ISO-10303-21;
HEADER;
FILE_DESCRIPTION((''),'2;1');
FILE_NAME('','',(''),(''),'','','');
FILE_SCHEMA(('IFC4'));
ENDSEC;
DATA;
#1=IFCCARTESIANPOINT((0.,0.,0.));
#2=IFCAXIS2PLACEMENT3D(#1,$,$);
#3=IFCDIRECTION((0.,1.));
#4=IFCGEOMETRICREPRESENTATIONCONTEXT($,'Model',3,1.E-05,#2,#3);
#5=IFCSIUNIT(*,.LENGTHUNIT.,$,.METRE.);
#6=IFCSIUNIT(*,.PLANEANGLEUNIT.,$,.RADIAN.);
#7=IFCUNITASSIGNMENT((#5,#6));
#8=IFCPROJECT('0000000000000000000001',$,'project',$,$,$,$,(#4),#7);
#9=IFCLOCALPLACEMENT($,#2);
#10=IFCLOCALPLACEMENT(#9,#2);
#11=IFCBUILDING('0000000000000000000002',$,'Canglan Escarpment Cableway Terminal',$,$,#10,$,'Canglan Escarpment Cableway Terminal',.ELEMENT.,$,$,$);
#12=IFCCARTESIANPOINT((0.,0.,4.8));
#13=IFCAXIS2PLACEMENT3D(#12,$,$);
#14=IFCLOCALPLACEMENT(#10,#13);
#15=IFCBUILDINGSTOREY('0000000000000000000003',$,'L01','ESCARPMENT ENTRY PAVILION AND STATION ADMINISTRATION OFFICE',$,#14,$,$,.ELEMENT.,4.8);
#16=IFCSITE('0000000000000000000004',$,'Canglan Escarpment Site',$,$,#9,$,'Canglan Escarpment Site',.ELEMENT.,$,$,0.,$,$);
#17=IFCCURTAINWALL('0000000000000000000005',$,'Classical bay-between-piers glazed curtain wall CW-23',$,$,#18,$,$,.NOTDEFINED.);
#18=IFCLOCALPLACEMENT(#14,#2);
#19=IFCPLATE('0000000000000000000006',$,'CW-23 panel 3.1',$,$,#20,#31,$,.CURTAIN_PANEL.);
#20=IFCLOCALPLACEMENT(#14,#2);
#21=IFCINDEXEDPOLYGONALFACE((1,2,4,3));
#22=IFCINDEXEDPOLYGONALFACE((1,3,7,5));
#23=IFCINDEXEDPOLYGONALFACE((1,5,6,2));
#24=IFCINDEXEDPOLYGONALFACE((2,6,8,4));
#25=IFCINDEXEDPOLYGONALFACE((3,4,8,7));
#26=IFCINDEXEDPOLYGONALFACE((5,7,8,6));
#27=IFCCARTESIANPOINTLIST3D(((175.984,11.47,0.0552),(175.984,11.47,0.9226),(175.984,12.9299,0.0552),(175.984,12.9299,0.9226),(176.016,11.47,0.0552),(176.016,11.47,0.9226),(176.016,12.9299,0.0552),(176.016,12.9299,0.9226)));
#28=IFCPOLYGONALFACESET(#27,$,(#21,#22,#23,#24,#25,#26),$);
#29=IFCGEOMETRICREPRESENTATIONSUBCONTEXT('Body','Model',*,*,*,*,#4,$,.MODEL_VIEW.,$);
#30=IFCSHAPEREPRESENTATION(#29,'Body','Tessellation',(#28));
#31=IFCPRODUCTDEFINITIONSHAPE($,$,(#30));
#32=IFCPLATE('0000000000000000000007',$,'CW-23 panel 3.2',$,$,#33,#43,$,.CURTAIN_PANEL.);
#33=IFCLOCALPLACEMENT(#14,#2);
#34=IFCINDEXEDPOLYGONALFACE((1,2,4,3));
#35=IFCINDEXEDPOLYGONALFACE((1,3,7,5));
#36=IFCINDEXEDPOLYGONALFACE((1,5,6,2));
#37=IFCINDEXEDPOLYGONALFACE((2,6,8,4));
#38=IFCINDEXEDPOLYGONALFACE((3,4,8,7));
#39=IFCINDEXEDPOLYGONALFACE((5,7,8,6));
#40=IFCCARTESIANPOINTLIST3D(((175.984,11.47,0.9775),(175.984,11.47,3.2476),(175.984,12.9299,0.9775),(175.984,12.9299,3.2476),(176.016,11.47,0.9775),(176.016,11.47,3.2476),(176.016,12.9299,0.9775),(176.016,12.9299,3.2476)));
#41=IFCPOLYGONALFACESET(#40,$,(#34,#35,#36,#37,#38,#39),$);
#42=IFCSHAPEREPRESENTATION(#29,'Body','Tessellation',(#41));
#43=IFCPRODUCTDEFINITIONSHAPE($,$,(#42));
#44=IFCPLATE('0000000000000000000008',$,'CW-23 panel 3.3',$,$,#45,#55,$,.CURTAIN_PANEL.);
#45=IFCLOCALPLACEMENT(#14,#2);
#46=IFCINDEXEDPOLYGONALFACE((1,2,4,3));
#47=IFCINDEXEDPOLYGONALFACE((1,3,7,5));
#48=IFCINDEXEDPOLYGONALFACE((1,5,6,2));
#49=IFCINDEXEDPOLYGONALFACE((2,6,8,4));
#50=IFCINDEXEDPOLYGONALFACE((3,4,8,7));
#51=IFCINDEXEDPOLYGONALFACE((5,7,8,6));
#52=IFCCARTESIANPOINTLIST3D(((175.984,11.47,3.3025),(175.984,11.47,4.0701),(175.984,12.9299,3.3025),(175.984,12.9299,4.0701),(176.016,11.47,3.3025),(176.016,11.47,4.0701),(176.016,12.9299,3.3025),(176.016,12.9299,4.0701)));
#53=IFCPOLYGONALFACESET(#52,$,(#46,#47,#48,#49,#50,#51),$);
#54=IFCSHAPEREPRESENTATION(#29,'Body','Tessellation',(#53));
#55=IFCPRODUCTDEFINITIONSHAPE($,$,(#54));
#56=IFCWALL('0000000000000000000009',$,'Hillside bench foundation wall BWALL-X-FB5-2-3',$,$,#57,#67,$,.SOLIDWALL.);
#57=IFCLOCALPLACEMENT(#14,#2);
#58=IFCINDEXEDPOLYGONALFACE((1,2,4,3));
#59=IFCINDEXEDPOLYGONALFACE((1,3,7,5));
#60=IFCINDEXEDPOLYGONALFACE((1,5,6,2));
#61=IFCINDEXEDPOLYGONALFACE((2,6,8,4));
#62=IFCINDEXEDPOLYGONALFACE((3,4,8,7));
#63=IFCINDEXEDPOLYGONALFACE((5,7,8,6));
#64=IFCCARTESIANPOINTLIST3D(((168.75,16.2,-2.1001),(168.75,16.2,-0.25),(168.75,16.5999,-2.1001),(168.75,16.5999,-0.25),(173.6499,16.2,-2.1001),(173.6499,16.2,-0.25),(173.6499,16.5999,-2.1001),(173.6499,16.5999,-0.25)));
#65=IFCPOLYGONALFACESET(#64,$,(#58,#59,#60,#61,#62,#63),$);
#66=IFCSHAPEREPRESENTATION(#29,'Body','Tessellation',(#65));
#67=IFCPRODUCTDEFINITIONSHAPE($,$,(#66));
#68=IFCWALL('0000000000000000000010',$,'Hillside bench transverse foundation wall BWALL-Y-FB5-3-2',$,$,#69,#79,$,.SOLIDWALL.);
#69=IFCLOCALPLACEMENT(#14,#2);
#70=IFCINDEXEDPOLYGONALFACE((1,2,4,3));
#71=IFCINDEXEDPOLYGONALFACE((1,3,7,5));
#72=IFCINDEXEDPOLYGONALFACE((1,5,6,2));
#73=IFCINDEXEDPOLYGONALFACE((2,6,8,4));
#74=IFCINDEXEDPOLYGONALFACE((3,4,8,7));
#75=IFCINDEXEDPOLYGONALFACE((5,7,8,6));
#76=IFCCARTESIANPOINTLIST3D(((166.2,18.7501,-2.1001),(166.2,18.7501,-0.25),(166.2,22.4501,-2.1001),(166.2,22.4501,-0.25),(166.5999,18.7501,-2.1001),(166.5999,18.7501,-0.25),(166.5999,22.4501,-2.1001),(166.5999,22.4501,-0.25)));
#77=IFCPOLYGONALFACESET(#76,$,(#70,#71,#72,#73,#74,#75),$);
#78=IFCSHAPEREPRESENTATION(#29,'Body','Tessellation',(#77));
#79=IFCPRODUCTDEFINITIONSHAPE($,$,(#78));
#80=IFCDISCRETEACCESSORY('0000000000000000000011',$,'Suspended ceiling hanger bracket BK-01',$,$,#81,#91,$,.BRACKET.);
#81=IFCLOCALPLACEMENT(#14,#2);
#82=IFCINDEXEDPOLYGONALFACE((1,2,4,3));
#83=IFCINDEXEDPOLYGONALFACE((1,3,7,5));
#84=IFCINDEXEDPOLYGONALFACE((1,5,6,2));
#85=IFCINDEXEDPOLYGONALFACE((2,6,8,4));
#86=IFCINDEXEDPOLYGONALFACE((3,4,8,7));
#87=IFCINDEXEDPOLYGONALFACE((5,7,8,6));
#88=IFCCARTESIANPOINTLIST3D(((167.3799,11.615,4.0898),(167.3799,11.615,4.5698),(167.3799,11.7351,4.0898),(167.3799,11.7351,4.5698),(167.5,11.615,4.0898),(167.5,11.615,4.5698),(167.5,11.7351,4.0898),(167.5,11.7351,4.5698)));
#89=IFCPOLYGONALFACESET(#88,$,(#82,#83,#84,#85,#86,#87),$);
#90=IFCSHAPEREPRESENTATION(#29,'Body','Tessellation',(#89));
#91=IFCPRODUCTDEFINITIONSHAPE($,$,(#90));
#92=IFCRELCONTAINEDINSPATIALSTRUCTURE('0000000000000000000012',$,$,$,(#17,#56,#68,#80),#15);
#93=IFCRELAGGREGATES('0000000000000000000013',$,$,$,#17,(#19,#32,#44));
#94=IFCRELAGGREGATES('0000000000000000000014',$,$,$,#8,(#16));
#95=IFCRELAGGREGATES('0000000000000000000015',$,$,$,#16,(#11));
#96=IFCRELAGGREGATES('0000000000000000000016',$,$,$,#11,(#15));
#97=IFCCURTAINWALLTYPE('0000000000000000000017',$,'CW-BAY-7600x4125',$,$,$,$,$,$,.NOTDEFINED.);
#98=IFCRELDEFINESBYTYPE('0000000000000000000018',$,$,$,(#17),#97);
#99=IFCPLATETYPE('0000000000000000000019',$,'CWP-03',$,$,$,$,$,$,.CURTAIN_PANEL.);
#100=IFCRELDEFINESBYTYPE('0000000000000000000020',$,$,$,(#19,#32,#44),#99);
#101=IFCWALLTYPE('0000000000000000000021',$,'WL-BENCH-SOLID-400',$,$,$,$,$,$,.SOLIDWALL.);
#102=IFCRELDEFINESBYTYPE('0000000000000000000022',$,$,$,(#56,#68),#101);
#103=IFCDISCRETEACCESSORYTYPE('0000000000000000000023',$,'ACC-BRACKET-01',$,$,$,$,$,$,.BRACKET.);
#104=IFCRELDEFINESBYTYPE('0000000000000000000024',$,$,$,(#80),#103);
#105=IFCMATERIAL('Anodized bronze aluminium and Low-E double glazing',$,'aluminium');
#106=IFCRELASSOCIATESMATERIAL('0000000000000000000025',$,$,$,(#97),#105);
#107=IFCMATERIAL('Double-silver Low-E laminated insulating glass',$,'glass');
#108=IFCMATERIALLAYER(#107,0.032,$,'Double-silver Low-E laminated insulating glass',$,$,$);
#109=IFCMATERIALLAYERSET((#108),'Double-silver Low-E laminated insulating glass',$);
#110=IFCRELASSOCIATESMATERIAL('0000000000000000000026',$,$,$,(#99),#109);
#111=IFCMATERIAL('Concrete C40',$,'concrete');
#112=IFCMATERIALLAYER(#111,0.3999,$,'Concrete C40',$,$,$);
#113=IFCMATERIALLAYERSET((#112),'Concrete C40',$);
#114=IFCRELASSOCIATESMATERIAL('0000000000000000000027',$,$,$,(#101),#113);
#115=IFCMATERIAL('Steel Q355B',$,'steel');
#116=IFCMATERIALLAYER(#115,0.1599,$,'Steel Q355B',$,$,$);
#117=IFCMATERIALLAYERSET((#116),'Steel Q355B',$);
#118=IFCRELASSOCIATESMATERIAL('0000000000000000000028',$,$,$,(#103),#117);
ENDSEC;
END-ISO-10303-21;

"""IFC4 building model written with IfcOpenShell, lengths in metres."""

from ifc_helpers import new_model, si_unit, direction, frame, frame_2d, origin, origin_2d, place, context, subcontext, project, spatial, rectangle, extrude, material, layer, layer_set, type_object, element, aggregate, save


model = new_model("IFC4")

# Units and contexts
model_context = context("Model", 3, precision=1e-05, world=origin(), true_north=direction((0.0, 1.0)))
body_context = subcontext(model_context, "Body", "Model", "MODEL_VIEW")
ifc_project = project(units=[si_unit("LENGTHUNIT", "METRE"), si_unit("PLANEANGLEUNIT", "RADIAN")], contexts=[model_context])

# Site, building, storey
site_placement = place(None, origin())
site = spatial("IfcSite", under=ifc_project, at=site_placement, Name="Canglan Escarpment Site", LongName="Canglan Escarpment Site", CompositionType="ELEMENT", RefElevation=0.0)
building_placement = place(site_placement, origin())
building = spatial("IfcBuilding", under=site, at=building_placement, Name="Canglan Escarpment Cableway Terminal", LongName="Canglan Escarpment Cableway Terminal", CompositionType="ELEMENT")
storey_placement = place(building_placement, frame((0.0, 0.0, 4.8)))
storey = spatial("IfcBuildingStorey", under=building, at=storey_placement, Name="L01", Description="ESCARPMENT ENTRY PAVILION AND STATION ADMINISTRATION OFFICE", CompositionType="ELEMENT", Elevation=4.8)

# Shared definitions
ifc_material_1 = material(Name="Concrete C40", Category="concrete")

# Shared definitions
ifc_material_2 = material(Name="Steel Q355B", Category="steel")

# Curtain wall
ifc_material_3 = material(Name="Anodized bronze aluminium and Low-E double glazing", Category="aluminium")
curtain_wall_type = type_object("IfcCurtainWallType", Name="CW-BAY-7600x4125", PredefinedType="NOTDEFINED", material=ifc_material_3)
curtain_wall_placement = place(storey_placement, origin())
curtain_wall = element("IfcCurtainWall", 1, at=curtain_wall_placement, inside=storey, type_object=curtain_wall_type, Name="Classical bay-between-piers glazed curtain wall CW-23", PredefinedType="NOTDEFINED")

# Plates
ifc_material_4 = material(Name="Double-silver Low-E laminated insulating glass", Category="glass")
ifc_layer_1 = layer(ifc_material_4, 0.032, Name="Double-silver Low-E laminated insulating glass")
ifc_layer_set_1 = layer_set([ifc_layer_1], Name="Double-silver Low-E laminated insulating glass")
plate_type = type_object("IfcPlateType", Name="CWP-03", PredefinedType="CURTAIN_PANEL", material=ifc_layer_set_1)
plate_1_placement = place(storey_placement, frame((176.0, 12.2, 0.0552), z_axis=(0.0, 0.0, 1.0), x_axis=(0.0, 1.0, 0.0)))
plate_1 = element("IfcPlate", 2, at=plate_1_placement, type_object=plate_type, Name="CW-23 panel 3.1", PredefinedType="CURTAIN_PANEL", context=body_context, shape_type="SweptSolid", body=[
    extrude(rectangle(XDim=1.46, YDim=0.032, at=origin_2d()), origin(), (0.0, 0.0, 1.0), 0.8674),
])
plate_2_placement = place(storey_placement, frame((176.0, 12.2, 0.9775), z_axis=(0.0, 0.0, 1.0), x_axis=(0.0, 1.0, 0.0)))
plate_2 = element("IfcPlate", 3, at=plate_2_placement, type_object=plate_type, Name="CW-23 panel 3.2", PredefinedType="CURTAIN_PANEL", context=body_context, shape_type="SweptSolid", body=[
    extrude(rectangle(XDim=1.46, YDim=0.032, at=origin_2d()), origin(), (0.0, 0.0, 1.0), 2.27),
])
plate_3_placement = place(storey_placement, frame((176.0, 12.2, 3.3025), z_axis=(0.0, 0.0, 1.0), x_axis=(0.0, 1.0, 0.0)))
plate_3 = element("IfcPlate", 4, at=plate_3_placement, type_object=plate_type, Name="CW-23 panel 3.3", PredefinedType="CURTAIN_PANEL", context=body_context, shape_type="SweptSolid", body=[
    extrude(rectangle(XDim=1.46, YDim=0.032, at=origin_2d()), origin(), (0.0, 0.0, 1.0), 0.7676),
])
aggregate(curtain_wall, [plate_1, plate_2, plate_3])

# Walls
ifc_layer_2 = layer(ifc_material_1, 0.3999, Name="Concrete C40")
ifc_layer_set_2 = layer_set([ifc_layer_2], Name="Concrete C40")
wall_type = type_object("IfcWallType", Name="WL-BENCH-SOLID-400", PredefinedType="SOLIDWALL", material=ifc_layer_set_2)
wall_1_placement = place(storey_placement, frame((168.75, 16.3999, -2.1001), z_axis=(0.0, 0.0, 1.0), x_axis=(1.0, 0.0, 0.0)))
element("IfcWall", 5, at=wall_1_placement, inside=storey, type_object=wall_type, Name="Hillside bench foundation wall BWALL-X-FB5-2-3", PredefinedType="SOLIDWALL", context=body_context, shape_type="SweptSolid", body=[
    extrude(rectangle(XDim=4.8999, YDim=0.3999, at=frame_2d((2.45, 0.0))), origin(), (0.0, 0.0, 1.0), 1.8501),
])
wall_2_placement = place(storey_placement, frame((166.3999, 18.75, -2.1001), z_axis=(0.0, 0.0, 1.0), x_axis=(0.0, 1.0, 0.0)))
element("IfcWall", 6, at=wall_2_placement, inside=storey, type_object=wall_type, Name="Hillside bench transverse foundation wall BWALL-Y-FB5-3-2", PredefinedType="SOLIDWALL", context=body_context, shape_type="SweptSolid", body=[
    extrude(rectangle(XDim=3.7, YDim=0.3999, at=frame_2d((1.8501, 0.0))), origin(), (0.0, 0.0, 1.0), 1.8501),
])

# Discrete accessory
ifc_layer_3 = layer(ifc_material_2, 0.1599, Name="Steel Q355B")
ifc_layer_set_3 = layer_set([ifc_layer_3], Name="Steel Q355B")
discrete_accessory_type = type_object("IfcDiscreteAccessoryType", Name="ACC-BRACKET-01", PredefinedType="BRACKET", material=ifc_layer_set_3)
discrete_accessory_placement = place(storey_placement, frame((167.4399, 11.675, 4.0898), z_axis=(0.0, 0.0, 1.0), x_axis=(1.0, 0.0, 0.0)))
element("IfcDiscreteAccessory", 7, at=discrete_accessory_placement, inside=storey, type_object=discrete_accessory_type, Name="Suspended ceiling hanger bracket BK-01", PredefinedType="BRACKET", context=body_context, shape_type="SweptSolid", body=[
    extrude(rectangle(XDim=0.1201, YDim=0.1201, at=origin_2d()), origin(), (0.0, 0.0, 1.0), 0.48),
])

save(model, "model.ifc")
